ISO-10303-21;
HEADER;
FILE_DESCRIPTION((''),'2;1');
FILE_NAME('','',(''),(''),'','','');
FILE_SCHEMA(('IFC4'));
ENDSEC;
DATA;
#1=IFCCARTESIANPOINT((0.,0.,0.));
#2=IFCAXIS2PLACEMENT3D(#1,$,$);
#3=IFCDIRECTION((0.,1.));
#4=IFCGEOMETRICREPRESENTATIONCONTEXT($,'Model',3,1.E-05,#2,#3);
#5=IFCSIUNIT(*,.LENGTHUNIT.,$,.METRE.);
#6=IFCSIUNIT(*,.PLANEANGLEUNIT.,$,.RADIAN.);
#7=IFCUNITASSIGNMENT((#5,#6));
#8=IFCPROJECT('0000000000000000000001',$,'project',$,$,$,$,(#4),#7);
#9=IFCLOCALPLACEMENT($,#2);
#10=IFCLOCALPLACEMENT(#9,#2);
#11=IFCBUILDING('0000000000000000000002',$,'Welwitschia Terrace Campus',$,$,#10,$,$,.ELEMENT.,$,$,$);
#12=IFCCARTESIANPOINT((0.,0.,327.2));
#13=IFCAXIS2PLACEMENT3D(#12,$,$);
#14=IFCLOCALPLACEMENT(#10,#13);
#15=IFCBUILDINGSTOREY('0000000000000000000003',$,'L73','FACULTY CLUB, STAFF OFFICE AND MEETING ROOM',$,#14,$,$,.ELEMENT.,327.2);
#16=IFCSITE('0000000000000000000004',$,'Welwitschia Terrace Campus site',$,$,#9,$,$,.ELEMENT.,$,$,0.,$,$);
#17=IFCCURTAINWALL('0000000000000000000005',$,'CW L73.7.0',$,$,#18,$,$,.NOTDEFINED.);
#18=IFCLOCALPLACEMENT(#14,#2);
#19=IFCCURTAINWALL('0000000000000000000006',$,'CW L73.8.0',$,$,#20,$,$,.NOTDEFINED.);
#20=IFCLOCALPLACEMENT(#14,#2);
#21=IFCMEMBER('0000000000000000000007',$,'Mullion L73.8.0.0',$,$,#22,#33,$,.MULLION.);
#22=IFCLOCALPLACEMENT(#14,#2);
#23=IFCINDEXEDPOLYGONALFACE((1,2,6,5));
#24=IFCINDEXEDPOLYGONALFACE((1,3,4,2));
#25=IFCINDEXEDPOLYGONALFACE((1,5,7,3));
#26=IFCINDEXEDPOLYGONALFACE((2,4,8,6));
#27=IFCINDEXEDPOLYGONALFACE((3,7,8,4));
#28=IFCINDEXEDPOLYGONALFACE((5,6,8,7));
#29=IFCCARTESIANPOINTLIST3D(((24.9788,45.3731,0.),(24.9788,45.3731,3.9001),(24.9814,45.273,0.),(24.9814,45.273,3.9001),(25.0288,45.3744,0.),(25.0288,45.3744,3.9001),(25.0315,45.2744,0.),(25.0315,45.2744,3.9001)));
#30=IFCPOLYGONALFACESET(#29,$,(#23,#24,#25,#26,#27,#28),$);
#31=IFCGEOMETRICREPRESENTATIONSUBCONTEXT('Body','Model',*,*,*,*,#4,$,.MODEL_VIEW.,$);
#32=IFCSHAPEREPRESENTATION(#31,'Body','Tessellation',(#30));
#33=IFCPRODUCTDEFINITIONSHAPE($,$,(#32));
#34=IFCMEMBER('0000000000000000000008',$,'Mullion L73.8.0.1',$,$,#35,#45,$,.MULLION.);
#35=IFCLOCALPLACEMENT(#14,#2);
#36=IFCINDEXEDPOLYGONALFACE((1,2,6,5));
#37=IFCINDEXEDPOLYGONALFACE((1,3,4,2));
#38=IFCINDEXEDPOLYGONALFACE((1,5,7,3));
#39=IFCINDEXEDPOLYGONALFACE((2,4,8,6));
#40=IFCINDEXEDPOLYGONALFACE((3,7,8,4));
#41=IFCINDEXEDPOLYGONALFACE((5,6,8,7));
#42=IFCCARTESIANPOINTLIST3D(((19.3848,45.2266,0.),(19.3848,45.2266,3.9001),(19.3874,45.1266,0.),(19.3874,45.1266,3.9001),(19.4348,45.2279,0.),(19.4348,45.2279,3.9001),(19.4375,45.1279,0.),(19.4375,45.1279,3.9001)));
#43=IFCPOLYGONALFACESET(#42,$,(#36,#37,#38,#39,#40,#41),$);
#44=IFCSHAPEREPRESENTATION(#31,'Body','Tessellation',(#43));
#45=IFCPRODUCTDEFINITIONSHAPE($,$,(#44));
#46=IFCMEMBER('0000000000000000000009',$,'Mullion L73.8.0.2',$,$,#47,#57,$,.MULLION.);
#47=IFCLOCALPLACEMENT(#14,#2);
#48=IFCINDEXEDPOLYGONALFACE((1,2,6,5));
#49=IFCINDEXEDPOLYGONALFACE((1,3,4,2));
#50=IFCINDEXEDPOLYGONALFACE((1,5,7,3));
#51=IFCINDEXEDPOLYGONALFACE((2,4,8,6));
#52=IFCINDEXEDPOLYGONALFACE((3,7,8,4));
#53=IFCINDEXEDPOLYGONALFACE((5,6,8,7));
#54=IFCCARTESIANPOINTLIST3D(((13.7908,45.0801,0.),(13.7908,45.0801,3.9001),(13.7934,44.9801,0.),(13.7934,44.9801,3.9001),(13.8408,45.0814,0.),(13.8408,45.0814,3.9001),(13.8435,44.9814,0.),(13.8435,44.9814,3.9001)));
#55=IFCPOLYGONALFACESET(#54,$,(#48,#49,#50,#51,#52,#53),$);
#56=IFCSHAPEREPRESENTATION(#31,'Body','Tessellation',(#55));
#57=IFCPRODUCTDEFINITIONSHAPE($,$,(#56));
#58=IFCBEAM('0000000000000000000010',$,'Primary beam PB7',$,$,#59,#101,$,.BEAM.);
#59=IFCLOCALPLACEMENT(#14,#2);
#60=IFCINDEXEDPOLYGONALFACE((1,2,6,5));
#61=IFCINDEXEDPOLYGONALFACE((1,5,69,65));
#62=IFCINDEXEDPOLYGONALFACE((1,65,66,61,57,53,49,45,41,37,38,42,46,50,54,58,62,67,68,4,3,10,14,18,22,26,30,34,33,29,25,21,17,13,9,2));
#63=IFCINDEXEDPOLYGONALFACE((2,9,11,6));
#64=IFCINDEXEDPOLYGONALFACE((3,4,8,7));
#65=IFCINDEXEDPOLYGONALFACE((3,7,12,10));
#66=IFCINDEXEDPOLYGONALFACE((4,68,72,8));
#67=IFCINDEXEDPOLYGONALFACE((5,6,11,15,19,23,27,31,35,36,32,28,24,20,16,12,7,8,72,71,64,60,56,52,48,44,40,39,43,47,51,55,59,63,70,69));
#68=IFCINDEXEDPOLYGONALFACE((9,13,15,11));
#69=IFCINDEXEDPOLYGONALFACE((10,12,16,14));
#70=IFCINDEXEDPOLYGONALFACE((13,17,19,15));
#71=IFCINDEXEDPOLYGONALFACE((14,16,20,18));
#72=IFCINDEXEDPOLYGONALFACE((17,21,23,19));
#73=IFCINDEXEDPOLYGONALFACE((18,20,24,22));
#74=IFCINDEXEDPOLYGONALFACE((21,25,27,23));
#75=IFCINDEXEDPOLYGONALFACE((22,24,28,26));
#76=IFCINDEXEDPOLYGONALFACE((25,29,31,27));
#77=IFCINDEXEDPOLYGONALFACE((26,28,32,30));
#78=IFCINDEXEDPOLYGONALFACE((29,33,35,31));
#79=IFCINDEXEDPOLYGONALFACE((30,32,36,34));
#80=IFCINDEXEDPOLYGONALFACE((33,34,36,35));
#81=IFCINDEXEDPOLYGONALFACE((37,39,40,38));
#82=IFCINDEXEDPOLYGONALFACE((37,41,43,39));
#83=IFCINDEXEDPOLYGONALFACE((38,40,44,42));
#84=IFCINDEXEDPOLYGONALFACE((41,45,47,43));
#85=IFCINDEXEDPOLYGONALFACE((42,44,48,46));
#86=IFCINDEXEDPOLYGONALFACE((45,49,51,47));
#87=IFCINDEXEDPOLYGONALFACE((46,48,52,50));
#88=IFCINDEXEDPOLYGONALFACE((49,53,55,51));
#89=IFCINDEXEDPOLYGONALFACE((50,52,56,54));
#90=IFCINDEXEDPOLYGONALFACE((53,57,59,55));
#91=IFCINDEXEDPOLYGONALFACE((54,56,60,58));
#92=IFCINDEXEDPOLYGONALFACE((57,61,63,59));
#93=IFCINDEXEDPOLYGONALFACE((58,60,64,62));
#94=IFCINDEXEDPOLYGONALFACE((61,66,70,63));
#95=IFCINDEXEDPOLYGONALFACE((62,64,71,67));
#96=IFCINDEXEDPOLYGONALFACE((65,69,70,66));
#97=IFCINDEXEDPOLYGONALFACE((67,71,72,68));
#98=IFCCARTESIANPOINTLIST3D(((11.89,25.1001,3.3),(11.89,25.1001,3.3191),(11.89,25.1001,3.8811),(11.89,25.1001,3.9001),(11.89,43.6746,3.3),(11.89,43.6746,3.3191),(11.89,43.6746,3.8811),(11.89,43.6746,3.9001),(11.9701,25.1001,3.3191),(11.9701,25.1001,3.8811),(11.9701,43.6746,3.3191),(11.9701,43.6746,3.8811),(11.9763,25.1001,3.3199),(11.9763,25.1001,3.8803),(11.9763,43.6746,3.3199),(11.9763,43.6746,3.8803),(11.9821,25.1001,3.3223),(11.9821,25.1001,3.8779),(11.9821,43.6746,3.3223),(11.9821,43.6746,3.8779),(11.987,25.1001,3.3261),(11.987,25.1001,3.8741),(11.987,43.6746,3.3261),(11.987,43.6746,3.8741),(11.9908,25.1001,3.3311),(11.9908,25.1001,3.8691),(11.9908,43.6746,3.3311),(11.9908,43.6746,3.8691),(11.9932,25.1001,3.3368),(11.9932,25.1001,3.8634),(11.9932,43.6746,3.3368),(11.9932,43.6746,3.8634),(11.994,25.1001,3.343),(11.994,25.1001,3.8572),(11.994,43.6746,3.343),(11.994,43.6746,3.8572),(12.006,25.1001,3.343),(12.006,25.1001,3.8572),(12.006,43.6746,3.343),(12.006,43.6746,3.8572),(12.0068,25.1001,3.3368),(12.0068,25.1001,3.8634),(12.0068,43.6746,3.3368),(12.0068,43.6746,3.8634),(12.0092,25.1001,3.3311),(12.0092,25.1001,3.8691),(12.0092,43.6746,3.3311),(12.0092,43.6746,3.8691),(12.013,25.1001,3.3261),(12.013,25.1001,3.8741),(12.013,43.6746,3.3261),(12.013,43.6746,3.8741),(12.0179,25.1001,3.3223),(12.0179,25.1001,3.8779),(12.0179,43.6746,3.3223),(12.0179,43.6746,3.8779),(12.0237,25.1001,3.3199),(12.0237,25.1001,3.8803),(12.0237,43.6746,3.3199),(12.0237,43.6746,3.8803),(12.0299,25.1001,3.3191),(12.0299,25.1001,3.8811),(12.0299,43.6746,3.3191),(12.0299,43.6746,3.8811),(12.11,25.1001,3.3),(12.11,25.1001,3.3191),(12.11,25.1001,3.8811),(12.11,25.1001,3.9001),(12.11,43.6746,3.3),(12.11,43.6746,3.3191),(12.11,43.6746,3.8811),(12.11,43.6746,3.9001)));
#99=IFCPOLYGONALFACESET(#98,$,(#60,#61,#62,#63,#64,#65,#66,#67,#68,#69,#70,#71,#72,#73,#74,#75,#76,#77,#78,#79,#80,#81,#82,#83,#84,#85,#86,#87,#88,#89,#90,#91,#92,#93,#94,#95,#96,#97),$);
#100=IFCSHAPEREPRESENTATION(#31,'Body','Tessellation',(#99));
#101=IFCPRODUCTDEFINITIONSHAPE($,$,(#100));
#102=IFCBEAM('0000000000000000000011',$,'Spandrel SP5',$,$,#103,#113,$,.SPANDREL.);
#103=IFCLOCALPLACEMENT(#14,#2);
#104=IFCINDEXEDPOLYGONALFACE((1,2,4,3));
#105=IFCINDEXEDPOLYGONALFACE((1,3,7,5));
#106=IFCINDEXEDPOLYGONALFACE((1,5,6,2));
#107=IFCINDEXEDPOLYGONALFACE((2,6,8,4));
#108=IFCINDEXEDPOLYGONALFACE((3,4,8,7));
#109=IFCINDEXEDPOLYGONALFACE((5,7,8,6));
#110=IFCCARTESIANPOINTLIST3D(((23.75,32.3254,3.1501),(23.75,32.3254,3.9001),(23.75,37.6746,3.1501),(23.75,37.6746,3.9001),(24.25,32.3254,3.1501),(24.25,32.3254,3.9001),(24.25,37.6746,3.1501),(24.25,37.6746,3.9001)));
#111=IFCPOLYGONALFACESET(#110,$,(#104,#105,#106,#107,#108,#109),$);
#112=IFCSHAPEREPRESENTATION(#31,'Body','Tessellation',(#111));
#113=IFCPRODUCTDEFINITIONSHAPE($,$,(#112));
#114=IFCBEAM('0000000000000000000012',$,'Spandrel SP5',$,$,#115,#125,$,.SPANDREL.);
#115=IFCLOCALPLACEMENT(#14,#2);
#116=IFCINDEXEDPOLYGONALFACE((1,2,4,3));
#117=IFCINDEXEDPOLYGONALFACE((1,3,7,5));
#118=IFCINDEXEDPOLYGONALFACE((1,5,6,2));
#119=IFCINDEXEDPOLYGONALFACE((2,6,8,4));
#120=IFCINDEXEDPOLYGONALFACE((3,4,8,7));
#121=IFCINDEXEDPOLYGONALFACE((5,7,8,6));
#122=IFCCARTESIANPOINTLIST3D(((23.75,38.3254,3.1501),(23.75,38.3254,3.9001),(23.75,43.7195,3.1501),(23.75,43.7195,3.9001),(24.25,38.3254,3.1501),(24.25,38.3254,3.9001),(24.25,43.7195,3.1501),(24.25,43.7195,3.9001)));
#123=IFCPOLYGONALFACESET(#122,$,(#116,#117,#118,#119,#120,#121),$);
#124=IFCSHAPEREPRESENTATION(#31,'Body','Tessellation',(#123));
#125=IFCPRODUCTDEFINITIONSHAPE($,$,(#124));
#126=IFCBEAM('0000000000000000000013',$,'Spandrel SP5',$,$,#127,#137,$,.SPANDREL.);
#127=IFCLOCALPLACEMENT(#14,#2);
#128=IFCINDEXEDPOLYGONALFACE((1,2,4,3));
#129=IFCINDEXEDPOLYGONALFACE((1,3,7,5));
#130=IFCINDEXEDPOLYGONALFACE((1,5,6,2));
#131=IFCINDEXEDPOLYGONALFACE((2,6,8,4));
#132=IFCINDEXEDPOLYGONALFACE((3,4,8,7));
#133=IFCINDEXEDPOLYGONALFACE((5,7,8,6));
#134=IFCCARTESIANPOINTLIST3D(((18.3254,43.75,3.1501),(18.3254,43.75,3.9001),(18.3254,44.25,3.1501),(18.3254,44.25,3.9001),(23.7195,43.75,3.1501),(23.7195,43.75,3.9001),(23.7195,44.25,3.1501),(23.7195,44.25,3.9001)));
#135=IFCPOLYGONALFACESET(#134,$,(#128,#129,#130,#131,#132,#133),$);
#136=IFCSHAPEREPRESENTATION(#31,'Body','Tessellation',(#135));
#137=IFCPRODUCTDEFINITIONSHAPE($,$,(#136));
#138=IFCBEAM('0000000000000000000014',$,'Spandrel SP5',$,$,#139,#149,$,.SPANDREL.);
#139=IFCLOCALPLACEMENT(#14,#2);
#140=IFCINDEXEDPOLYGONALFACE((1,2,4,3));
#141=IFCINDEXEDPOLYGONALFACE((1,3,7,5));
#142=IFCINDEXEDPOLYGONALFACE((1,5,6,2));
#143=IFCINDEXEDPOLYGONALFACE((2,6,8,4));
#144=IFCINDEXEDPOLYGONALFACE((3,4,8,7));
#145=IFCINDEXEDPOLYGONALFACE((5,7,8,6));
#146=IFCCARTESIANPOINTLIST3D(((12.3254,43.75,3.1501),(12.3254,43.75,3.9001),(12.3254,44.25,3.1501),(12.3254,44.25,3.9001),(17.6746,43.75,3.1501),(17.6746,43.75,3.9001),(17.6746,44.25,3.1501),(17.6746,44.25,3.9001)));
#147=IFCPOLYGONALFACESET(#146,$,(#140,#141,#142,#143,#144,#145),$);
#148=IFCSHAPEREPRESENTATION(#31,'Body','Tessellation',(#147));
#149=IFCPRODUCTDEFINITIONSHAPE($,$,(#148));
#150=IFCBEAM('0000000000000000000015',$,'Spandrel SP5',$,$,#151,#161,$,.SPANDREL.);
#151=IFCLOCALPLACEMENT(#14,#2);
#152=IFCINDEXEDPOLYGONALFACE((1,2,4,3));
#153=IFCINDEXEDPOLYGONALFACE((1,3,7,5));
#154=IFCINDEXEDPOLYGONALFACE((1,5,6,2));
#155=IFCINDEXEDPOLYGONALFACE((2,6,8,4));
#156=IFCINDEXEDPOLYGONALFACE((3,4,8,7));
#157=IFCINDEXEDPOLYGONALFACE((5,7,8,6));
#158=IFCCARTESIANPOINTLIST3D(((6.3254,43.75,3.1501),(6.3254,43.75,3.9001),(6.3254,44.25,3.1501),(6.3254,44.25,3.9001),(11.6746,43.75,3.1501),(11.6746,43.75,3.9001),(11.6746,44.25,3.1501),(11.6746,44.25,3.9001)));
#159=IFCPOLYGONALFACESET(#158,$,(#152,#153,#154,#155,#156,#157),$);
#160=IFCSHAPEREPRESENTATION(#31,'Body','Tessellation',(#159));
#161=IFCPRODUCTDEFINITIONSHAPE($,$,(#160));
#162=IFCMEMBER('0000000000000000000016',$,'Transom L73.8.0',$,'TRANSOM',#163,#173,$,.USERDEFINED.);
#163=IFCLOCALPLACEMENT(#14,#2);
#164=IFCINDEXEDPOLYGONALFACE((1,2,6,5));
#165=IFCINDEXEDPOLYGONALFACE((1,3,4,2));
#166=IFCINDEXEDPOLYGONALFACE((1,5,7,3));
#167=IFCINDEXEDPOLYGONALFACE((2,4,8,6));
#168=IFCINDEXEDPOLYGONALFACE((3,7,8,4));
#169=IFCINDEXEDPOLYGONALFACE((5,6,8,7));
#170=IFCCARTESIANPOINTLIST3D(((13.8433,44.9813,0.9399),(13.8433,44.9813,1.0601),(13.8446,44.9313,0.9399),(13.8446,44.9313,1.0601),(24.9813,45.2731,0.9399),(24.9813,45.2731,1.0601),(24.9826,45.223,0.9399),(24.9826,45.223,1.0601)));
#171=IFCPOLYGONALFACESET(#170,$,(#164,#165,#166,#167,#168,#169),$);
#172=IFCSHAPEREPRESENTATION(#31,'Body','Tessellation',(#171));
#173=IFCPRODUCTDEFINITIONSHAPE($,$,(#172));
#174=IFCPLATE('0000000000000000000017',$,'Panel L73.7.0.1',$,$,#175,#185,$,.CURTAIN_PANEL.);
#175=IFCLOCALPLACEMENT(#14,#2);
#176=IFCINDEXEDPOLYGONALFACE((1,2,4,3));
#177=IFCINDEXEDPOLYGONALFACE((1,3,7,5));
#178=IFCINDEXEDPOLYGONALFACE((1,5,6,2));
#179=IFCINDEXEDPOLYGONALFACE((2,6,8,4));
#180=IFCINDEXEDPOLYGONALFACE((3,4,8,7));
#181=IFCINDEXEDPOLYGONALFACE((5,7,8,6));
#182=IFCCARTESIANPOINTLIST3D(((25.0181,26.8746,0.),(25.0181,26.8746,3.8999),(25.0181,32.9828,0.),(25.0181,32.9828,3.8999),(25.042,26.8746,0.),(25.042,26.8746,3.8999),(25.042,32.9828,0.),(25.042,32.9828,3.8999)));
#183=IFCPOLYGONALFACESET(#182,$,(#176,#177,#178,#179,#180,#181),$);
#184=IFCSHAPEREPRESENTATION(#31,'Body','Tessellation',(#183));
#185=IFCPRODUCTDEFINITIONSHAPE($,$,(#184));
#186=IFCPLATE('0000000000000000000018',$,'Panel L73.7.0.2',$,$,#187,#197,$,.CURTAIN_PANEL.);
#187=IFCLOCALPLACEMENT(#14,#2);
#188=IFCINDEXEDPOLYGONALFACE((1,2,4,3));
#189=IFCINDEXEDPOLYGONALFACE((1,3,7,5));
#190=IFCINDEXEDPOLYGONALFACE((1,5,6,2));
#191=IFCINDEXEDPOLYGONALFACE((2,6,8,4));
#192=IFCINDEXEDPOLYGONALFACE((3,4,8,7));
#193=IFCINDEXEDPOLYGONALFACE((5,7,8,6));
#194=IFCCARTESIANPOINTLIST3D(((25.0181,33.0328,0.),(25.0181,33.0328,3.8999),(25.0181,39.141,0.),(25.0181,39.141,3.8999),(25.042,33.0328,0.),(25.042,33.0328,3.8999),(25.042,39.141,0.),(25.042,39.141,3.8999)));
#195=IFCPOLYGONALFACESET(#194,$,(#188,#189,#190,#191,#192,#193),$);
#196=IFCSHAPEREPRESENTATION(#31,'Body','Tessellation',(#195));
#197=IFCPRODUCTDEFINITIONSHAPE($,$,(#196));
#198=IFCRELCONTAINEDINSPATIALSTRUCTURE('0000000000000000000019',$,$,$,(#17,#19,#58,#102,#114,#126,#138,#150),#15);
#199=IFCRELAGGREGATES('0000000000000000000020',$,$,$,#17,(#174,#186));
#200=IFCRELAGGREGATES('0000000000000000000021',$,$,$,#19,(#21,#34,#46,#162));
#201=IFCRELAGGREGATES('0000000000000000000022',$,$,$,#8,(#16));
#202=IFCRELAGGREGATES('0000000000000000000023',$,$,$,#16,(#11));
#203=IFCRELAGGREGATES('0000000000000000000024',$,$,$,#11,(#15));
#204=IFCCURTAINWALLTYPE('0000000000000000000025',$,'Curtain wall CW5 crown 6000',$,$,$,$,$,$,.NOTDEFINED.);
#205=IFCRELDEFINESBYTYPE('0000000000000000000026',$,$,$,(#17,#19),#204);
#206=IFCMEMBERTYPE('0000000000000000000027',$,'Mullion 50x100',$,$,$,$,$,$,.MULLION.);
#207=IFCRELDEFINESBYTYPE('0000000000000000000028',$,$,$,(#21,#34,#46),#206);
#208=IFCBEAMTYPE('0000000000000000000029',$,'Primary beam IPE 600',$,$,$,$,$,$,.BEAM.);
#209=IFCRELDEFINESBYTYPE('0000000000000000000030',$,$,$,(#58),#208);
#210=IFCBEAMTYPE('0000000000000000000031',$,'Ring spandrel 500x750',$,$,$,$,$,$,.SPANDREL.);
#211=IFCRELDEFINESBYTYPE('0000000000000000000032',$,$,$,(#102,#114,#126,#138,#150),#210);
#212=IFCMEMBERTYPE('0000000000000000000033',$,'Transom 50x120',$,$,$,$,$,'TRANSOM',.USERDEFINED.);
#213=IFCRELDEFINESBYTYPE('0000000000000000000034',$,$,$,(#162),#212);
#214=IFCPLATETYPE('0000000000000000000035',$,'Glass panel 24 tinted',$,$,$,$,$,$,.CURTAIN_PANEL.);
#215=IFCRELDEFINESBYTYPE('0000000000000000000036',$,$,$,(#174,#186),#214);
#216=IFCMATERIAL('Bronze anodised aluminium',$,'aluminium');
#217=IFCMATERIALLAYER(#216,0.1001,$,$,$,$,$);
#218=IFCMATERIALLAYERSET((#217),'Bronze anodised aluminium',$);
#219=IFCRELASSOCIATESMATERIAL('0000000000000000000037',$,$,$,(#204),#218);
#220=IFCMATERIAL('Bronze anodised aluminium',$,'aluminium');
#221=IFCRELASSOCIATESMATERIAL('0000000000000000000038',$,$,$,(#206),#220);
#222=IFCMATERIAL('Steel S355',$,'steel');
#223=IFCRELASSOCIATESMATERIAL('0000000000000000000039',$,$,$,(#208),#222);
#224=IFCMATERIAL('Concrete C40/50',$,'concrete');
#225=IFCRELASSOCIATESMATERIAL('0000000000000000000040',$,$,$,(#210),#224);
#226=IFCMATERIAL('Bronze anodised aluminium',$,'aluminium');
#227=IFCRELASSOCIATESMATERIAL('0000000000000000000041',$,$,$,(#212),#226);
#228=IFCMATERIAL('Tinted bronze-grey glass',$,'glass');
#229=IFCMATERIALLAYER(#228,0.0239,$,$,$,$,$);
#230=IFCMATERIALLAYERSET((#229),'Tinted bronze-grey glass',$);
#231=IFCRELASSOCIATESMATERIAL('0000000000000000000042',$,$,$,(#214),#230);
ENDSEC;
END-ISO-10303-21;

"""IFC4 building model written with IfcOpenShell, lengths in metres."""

from ifc_helpers import new_model, si_unit, direction, frame, origin, origin_2d, place, context, subcontext, project, spatial, rectangle, i_section, extrude, material, layer, layer_set, material_profile, profile_set, type_object, element, aggregate, save


model = new_model("IFC4")

# Units and contexts
model_context = context("Model", 3, precision=1e-05, world=origin(), true_north=direction((0.0, 1.0)))
body_context = subcontext(model_context, "Body", "Model", "MODEL_VIEW")
ifc_project = project(units=[si_unit("LENGTHUNIT", "METRE"), si_unit("PLANEANGLEUNIT", "RADIAN")], contexts=[model_context])

# Site, building, storey
site_placement = place(None, origin())
site = spatial("IfcSite", under=ifc_project, at=site_placement, Name="Welwitschia Terrace Campus site", CompositionType="ELEMENT", RefElevation=0.0)
building_placement = place(site_placement, origin())
building = spatial("IfcBuilding", under=site, at=building_placement, Name="Welwitschia Terrace Campus", CompositionType="ELEMENT")
storey_placement = place(building_placement, frame((0.0, 0.0, 327.2)))
storey = spatial("IfcBuildingStorey", under=building, at=storey_placement, Name="L73", Description="FACULTY CLUB, STAFF OFFICE AND MEETING ROOM", CompositionType="ELEMENT", Elevation=327.2)

# Curtain walls, members
ifc_material_1 = material(Name="Bronze anodised aluminium", Category="aluminium")
ifc_layer_1 = layer(ifc_material_1, 0.1001)
ifc_layer_set_1 = layer_set([ifc_layer_1], Name="Bronze anodised aluminium")
curtain_wall_type = type_object("IfcCurtainWallType", Name="Curtain wall CW5 crown 6000", PredefinedType="NOTDEFINED", material=ifc_layer_set_1)
curtain_wall_1_placement = place(storey_placement, origin())
curtain_wall_1 = element("IfcCurtainWall", 1, at=curtain_wall_1_placement, inside=storey, type_object=curtain_wall_type, Name="CW L73.7.0", PredefinedType="NOTDEFINED")
ifc_material_2 = material(Name="Bronze anodised aluminium", Category="aluminium")
ifc_material_profile_1 = material_profile(ifc_material_2, rectangle(XDim=0.1001, YDim=0.05, at=origin_2d()))
ifc_profile_set_1 = profile_set([ifc_material_profile_1], Name="Bronze anodised aluminium")
member_type_1 = type_object("IfcMemberType", Name="Mullion 50x100", PredefinedType="MULLION", material=ifc_profile_set_1)
curtain_wall_2_placement = place(storey_placement, origin())
curtain_wall_2 = element("IfcCurtainWall", 2, at=curtain_wall_2_placement, inside=storey, type_object=curtain_wall_type, Name="CW L73.8.0", PredefinedType="NOTDEFINED")
member_1_placement = place(storey_placement, frame((25.0051, 45.3237, 0.0), z_axis=(0.0, 0.0, 1.0), x_axis=(0.026177, -0.999657, 0.0)))
member_1 = element("IfcMember", 3, at=member_1_placement, type_object=member_type_1, Name="Mullion L73.8.0.0", PredefinedType="MULLION", context=body_context, shape_type="SweptSolid", body=[
    extrude(rectangle(XDim=0.1001, YDim=0.05, at=origin_2d()), origin(), (0.0, 0.0, 1.0), 3.9001),
])
member_2_placement = place(storey_placement, frame((19.4111, 45.1772, 0.0), z_axis=(0.0, 0.0, 1.0), x_axis=(0.026177, -0.999657, 0.0)))
member_2 = element("IfcMember", 4, at=member_2_placement, type_object=member_type_1, Name="Mullion L73.8.0.1", PredefinedType="MULLION", context=body_context, shape_type="SweptSolid", body=[
    extrude(rectangle(XDim=0.1001, YDim=0.05, at=origin_2d()), origin(), (0.0, 0.0, 1.0), 3.9001),
])
member_3_placement = place(storey_placement, frame((13.8171, 45.0308, 0.0), z_axis=(0.0, 0.0, 1.0), x_axis=(0.026177, -0.999657, 0.0)))
member_3 = element("IfcMember", 5, at=member_3_placement, type_object=member_type_1, Name="Mullion L73.8.0.2", PredefinedType="MULLION", context=body_context, shape_type="SweptSolid", body=[
    extrude(rectangle(XDim=0.1001, YDim=0.05, at=origin_2d()), origin(), (0.0, 0.0, 1.0), 3.9001),
])

# Beams
ifc_material_3 = material(Name="Steel S355", Category="steel")
ifc_material_profile_2 = material_profile(ifc_material_3, i_section(OverallWidth=0.22, OverallDepth=0.6001, WebThickness=0.012, FlangeThickness=0.019, FilletRadius=0.0239, at=origin_2d()))
ifc_profile_set_2 = profile_set([ifc_material_profile_2], Name="Steel S355")
beam_type_1 = type_object("IfcBeamType", Name="Primary beam IPE 600", PredefinedType="BEAM", material=ifc_profile_set_2)
beam_1_placement = place(storey_placement, frame((12.0, 43.6746, 3.6001), z_axis=(0.0, -1.0, 0.0), x_axis=(1.0, 0.0, 0.0)))
element("IfcBeam", 6, at=beam_1_placement, inside=storey, type_object=beam_type_1, Name="Primary beam PB7", PredefinedType="BEAM", context=body_context, shape_type="SweptSolid", body=[
    extrude(i_section(OverallWidth=0.22, OverallDepth=0.6001, WebThickness=0.012, FlangeThickness=0.019, FilletRadius=0.0239, at=origin_2d()), origin(), (0.0, 0.0, 1.0), 18.5745),
])
ifc_material_4 = material(Name="Concrete C40/50", Category="concrete")
ifc_material_profile_3 = material_profile(ifc_material_4, rectangle(XDim=0.5, YDim=0.75, at=origin_2d()))
ifc_profile_set_3 = profile_set([ifc_material_profile_3], Name="Concrete C40/50")
beam_type_2 = type_object("IfcBeamType", Name="Ring spandrel 500x750", PredefinedType="SPANDREL", material=ifc_profile_set_3)
beam_2_placement = place(storey_placement, frame((24.0, 32.3254, 3.5251), z_axis=(0.0, 1.0, 0.0), x_axis=(-1.0, 0.0, 0.0)))
element("IfcBeam", 7, at=beam_2_placement, inside=storey, type_object=beam_type_2, Name="Spandrel SP5", PredefinedType="SPANDREL", context=body_context, shape_type="SweptSolid", body=[
    extrude(rectangle(XDim=0.5, YDim=0.75, at=origin_2d()), origin(), (0.0, 0.0, 1.0), 5.3491),
])
for number, where, z_axis, x_axis, name in (
    (8, (24.0, 38.3254, 3.5251), (0.0, 1.0, 0.0), (-1.0, 0.0, 0.0), "Spandrel SP5"),
    (9, (23.7195, 44.0, 3.5251), (-1.0, 0.0, 0.0), (0.0, -1.0, 0.0), "Spandrel SP5"),
):
    element("IfcBeam", number, at=place(storey_placement, frame(where, z_axis=z_axis, x_axis=x_axis)), inside=storey, type_object=beam_type_2, Name=name, PredefinedType="SPANDREL", context=body_context, shape_type="SweptSolid", body=[
        extrude(rectangle(XDim=0.5, YDim=0.75, at=origin_2d()), origin(), (0.0, 0.0, 1.0), 5.394),
    ])
for number, where, z_axis, x_axis, name in (
    (10, (17.6746, 44.0, 3.5251), (-1.0, 0.0, 0.0), (0.0, -1.0, 0.0), "Spandrel SP5"),
    (11, (11.6746, 44.0, 3.5251), (-1.0, 0.0, 0.0), (0.0, -1.0, 0.0), "Spandrel SP5"),
):
    element("IfcBeam", number, at=place(storey_placement, frame(where, z_axis=z_axis, x_axis=x_axis)), inside=storey, type_object=beam_type_2, Name=name, PredefinedType="SPANDREL", context=body_context, shape_type="SweptSolid", body=[
        extrude(rectangle(XDim=0.5, YDim=0.75, at=origin_2d()), origin(), (0.0, 0.0, 1.0), 5.3491),
    ])

# Member
ifc_material_5 = material(Name="Bronze anodised aluminium", Category="aluminium")
ifc_material_profile_4 = material_profile(ifc_material_5, rectangle(XDim=0.05, YDim=0.1201, at=origin_2d()))
ifc_profile_set_4 = profile_set([ifc_material_profile_4], Name="Bronze anodised aluminium")
member_type_2 = type_object("IfcMemberType", Name="Transom 50x120", ElementType="TRANSOM", PredefinedType="USERDEFINED", material=ifc_profile_set_4)
member_4_placement = place(storey_placement, frame((24.9819, 45.248, 1.0), z_axis=(-0.999657, -0.026185, 0.0), x_axis=(0.026185, -0.999657, 0.0)))
member_4 = element("IfcMember", 12, at=member_4_placement, type_object=member_type_2, Name="Transom L73.8.0", ObjectType="TRANSOM", PredefinedType="USERDEFINED", context=body_context, shape_type="SweptSolid", body=[
    extrude(rectangle(XDim=0.05, YDim=0.1201, at=origin_2d()), origin(), (0.0, 0.0, 1.0), 11.1418),
])

# Plates
ifc_material_6 = material(Name="Tinted bronze-grey glass", Category="glass")
ifc_layer_2 = layer(ifc_material_6, 0.0239)
ifc_layer_set_2 = layer_set([ifc_layer_2], Name="Tinted bronze-grey glass")
plate_type = type_object("IfcPlateType", Name="Glass panel 24 tinted", PredefinedType="CURTAIN_PANEL", material=ifc_layer_set_2)
plate_1_placement = place(storey_placement, frame((25.03, 29.9287, 0.0), z_axis=(0.0, 0.0, 1.0), x_axis=(0.0, 1.0, 0.0)))
plate_1 = element("IfcPlate", 13, at=plate_1_placement, type_object=plate_type, Name="Panel L73.7.0.1", PredefinedType="CURTAIN_PANEL", context=body_context, shape_type="SweptSolid", body=[
    extrude(rectangle(XDim=6.1082, YDim=0.0239, at=origin_2d()), origin(), (0.0, 0.0, 1.0), 3.8999),
])
plate_2_placement = place(storey_placement, frame((25.03, 36.0869, 0.0), z_axis=(0.0, 0.0, 1.0), x_axis=(0.0, 1.0, 0.0)))
plate_2 = element("IfcPlate", 14, at=plate_2_placement, type_object=plate_type, Name="Panel L73.7.0.2", PredefinedType="CURTAIN_PANEL", context=body_context, shape_type="SweptSolid", body=[
    extrude(rectangle(XDim=6.1082, YDim=0.0239, at=origin_2d()), origin(), (0.0, 0.0, 1.0), 3.8999),
])
aggregate(curtain_wall_1, [plate_1, plate_2])
aggregate(curtain_wall_2, [member_1, member_2, member_3, member_4])

save(model, "model.ifc")
